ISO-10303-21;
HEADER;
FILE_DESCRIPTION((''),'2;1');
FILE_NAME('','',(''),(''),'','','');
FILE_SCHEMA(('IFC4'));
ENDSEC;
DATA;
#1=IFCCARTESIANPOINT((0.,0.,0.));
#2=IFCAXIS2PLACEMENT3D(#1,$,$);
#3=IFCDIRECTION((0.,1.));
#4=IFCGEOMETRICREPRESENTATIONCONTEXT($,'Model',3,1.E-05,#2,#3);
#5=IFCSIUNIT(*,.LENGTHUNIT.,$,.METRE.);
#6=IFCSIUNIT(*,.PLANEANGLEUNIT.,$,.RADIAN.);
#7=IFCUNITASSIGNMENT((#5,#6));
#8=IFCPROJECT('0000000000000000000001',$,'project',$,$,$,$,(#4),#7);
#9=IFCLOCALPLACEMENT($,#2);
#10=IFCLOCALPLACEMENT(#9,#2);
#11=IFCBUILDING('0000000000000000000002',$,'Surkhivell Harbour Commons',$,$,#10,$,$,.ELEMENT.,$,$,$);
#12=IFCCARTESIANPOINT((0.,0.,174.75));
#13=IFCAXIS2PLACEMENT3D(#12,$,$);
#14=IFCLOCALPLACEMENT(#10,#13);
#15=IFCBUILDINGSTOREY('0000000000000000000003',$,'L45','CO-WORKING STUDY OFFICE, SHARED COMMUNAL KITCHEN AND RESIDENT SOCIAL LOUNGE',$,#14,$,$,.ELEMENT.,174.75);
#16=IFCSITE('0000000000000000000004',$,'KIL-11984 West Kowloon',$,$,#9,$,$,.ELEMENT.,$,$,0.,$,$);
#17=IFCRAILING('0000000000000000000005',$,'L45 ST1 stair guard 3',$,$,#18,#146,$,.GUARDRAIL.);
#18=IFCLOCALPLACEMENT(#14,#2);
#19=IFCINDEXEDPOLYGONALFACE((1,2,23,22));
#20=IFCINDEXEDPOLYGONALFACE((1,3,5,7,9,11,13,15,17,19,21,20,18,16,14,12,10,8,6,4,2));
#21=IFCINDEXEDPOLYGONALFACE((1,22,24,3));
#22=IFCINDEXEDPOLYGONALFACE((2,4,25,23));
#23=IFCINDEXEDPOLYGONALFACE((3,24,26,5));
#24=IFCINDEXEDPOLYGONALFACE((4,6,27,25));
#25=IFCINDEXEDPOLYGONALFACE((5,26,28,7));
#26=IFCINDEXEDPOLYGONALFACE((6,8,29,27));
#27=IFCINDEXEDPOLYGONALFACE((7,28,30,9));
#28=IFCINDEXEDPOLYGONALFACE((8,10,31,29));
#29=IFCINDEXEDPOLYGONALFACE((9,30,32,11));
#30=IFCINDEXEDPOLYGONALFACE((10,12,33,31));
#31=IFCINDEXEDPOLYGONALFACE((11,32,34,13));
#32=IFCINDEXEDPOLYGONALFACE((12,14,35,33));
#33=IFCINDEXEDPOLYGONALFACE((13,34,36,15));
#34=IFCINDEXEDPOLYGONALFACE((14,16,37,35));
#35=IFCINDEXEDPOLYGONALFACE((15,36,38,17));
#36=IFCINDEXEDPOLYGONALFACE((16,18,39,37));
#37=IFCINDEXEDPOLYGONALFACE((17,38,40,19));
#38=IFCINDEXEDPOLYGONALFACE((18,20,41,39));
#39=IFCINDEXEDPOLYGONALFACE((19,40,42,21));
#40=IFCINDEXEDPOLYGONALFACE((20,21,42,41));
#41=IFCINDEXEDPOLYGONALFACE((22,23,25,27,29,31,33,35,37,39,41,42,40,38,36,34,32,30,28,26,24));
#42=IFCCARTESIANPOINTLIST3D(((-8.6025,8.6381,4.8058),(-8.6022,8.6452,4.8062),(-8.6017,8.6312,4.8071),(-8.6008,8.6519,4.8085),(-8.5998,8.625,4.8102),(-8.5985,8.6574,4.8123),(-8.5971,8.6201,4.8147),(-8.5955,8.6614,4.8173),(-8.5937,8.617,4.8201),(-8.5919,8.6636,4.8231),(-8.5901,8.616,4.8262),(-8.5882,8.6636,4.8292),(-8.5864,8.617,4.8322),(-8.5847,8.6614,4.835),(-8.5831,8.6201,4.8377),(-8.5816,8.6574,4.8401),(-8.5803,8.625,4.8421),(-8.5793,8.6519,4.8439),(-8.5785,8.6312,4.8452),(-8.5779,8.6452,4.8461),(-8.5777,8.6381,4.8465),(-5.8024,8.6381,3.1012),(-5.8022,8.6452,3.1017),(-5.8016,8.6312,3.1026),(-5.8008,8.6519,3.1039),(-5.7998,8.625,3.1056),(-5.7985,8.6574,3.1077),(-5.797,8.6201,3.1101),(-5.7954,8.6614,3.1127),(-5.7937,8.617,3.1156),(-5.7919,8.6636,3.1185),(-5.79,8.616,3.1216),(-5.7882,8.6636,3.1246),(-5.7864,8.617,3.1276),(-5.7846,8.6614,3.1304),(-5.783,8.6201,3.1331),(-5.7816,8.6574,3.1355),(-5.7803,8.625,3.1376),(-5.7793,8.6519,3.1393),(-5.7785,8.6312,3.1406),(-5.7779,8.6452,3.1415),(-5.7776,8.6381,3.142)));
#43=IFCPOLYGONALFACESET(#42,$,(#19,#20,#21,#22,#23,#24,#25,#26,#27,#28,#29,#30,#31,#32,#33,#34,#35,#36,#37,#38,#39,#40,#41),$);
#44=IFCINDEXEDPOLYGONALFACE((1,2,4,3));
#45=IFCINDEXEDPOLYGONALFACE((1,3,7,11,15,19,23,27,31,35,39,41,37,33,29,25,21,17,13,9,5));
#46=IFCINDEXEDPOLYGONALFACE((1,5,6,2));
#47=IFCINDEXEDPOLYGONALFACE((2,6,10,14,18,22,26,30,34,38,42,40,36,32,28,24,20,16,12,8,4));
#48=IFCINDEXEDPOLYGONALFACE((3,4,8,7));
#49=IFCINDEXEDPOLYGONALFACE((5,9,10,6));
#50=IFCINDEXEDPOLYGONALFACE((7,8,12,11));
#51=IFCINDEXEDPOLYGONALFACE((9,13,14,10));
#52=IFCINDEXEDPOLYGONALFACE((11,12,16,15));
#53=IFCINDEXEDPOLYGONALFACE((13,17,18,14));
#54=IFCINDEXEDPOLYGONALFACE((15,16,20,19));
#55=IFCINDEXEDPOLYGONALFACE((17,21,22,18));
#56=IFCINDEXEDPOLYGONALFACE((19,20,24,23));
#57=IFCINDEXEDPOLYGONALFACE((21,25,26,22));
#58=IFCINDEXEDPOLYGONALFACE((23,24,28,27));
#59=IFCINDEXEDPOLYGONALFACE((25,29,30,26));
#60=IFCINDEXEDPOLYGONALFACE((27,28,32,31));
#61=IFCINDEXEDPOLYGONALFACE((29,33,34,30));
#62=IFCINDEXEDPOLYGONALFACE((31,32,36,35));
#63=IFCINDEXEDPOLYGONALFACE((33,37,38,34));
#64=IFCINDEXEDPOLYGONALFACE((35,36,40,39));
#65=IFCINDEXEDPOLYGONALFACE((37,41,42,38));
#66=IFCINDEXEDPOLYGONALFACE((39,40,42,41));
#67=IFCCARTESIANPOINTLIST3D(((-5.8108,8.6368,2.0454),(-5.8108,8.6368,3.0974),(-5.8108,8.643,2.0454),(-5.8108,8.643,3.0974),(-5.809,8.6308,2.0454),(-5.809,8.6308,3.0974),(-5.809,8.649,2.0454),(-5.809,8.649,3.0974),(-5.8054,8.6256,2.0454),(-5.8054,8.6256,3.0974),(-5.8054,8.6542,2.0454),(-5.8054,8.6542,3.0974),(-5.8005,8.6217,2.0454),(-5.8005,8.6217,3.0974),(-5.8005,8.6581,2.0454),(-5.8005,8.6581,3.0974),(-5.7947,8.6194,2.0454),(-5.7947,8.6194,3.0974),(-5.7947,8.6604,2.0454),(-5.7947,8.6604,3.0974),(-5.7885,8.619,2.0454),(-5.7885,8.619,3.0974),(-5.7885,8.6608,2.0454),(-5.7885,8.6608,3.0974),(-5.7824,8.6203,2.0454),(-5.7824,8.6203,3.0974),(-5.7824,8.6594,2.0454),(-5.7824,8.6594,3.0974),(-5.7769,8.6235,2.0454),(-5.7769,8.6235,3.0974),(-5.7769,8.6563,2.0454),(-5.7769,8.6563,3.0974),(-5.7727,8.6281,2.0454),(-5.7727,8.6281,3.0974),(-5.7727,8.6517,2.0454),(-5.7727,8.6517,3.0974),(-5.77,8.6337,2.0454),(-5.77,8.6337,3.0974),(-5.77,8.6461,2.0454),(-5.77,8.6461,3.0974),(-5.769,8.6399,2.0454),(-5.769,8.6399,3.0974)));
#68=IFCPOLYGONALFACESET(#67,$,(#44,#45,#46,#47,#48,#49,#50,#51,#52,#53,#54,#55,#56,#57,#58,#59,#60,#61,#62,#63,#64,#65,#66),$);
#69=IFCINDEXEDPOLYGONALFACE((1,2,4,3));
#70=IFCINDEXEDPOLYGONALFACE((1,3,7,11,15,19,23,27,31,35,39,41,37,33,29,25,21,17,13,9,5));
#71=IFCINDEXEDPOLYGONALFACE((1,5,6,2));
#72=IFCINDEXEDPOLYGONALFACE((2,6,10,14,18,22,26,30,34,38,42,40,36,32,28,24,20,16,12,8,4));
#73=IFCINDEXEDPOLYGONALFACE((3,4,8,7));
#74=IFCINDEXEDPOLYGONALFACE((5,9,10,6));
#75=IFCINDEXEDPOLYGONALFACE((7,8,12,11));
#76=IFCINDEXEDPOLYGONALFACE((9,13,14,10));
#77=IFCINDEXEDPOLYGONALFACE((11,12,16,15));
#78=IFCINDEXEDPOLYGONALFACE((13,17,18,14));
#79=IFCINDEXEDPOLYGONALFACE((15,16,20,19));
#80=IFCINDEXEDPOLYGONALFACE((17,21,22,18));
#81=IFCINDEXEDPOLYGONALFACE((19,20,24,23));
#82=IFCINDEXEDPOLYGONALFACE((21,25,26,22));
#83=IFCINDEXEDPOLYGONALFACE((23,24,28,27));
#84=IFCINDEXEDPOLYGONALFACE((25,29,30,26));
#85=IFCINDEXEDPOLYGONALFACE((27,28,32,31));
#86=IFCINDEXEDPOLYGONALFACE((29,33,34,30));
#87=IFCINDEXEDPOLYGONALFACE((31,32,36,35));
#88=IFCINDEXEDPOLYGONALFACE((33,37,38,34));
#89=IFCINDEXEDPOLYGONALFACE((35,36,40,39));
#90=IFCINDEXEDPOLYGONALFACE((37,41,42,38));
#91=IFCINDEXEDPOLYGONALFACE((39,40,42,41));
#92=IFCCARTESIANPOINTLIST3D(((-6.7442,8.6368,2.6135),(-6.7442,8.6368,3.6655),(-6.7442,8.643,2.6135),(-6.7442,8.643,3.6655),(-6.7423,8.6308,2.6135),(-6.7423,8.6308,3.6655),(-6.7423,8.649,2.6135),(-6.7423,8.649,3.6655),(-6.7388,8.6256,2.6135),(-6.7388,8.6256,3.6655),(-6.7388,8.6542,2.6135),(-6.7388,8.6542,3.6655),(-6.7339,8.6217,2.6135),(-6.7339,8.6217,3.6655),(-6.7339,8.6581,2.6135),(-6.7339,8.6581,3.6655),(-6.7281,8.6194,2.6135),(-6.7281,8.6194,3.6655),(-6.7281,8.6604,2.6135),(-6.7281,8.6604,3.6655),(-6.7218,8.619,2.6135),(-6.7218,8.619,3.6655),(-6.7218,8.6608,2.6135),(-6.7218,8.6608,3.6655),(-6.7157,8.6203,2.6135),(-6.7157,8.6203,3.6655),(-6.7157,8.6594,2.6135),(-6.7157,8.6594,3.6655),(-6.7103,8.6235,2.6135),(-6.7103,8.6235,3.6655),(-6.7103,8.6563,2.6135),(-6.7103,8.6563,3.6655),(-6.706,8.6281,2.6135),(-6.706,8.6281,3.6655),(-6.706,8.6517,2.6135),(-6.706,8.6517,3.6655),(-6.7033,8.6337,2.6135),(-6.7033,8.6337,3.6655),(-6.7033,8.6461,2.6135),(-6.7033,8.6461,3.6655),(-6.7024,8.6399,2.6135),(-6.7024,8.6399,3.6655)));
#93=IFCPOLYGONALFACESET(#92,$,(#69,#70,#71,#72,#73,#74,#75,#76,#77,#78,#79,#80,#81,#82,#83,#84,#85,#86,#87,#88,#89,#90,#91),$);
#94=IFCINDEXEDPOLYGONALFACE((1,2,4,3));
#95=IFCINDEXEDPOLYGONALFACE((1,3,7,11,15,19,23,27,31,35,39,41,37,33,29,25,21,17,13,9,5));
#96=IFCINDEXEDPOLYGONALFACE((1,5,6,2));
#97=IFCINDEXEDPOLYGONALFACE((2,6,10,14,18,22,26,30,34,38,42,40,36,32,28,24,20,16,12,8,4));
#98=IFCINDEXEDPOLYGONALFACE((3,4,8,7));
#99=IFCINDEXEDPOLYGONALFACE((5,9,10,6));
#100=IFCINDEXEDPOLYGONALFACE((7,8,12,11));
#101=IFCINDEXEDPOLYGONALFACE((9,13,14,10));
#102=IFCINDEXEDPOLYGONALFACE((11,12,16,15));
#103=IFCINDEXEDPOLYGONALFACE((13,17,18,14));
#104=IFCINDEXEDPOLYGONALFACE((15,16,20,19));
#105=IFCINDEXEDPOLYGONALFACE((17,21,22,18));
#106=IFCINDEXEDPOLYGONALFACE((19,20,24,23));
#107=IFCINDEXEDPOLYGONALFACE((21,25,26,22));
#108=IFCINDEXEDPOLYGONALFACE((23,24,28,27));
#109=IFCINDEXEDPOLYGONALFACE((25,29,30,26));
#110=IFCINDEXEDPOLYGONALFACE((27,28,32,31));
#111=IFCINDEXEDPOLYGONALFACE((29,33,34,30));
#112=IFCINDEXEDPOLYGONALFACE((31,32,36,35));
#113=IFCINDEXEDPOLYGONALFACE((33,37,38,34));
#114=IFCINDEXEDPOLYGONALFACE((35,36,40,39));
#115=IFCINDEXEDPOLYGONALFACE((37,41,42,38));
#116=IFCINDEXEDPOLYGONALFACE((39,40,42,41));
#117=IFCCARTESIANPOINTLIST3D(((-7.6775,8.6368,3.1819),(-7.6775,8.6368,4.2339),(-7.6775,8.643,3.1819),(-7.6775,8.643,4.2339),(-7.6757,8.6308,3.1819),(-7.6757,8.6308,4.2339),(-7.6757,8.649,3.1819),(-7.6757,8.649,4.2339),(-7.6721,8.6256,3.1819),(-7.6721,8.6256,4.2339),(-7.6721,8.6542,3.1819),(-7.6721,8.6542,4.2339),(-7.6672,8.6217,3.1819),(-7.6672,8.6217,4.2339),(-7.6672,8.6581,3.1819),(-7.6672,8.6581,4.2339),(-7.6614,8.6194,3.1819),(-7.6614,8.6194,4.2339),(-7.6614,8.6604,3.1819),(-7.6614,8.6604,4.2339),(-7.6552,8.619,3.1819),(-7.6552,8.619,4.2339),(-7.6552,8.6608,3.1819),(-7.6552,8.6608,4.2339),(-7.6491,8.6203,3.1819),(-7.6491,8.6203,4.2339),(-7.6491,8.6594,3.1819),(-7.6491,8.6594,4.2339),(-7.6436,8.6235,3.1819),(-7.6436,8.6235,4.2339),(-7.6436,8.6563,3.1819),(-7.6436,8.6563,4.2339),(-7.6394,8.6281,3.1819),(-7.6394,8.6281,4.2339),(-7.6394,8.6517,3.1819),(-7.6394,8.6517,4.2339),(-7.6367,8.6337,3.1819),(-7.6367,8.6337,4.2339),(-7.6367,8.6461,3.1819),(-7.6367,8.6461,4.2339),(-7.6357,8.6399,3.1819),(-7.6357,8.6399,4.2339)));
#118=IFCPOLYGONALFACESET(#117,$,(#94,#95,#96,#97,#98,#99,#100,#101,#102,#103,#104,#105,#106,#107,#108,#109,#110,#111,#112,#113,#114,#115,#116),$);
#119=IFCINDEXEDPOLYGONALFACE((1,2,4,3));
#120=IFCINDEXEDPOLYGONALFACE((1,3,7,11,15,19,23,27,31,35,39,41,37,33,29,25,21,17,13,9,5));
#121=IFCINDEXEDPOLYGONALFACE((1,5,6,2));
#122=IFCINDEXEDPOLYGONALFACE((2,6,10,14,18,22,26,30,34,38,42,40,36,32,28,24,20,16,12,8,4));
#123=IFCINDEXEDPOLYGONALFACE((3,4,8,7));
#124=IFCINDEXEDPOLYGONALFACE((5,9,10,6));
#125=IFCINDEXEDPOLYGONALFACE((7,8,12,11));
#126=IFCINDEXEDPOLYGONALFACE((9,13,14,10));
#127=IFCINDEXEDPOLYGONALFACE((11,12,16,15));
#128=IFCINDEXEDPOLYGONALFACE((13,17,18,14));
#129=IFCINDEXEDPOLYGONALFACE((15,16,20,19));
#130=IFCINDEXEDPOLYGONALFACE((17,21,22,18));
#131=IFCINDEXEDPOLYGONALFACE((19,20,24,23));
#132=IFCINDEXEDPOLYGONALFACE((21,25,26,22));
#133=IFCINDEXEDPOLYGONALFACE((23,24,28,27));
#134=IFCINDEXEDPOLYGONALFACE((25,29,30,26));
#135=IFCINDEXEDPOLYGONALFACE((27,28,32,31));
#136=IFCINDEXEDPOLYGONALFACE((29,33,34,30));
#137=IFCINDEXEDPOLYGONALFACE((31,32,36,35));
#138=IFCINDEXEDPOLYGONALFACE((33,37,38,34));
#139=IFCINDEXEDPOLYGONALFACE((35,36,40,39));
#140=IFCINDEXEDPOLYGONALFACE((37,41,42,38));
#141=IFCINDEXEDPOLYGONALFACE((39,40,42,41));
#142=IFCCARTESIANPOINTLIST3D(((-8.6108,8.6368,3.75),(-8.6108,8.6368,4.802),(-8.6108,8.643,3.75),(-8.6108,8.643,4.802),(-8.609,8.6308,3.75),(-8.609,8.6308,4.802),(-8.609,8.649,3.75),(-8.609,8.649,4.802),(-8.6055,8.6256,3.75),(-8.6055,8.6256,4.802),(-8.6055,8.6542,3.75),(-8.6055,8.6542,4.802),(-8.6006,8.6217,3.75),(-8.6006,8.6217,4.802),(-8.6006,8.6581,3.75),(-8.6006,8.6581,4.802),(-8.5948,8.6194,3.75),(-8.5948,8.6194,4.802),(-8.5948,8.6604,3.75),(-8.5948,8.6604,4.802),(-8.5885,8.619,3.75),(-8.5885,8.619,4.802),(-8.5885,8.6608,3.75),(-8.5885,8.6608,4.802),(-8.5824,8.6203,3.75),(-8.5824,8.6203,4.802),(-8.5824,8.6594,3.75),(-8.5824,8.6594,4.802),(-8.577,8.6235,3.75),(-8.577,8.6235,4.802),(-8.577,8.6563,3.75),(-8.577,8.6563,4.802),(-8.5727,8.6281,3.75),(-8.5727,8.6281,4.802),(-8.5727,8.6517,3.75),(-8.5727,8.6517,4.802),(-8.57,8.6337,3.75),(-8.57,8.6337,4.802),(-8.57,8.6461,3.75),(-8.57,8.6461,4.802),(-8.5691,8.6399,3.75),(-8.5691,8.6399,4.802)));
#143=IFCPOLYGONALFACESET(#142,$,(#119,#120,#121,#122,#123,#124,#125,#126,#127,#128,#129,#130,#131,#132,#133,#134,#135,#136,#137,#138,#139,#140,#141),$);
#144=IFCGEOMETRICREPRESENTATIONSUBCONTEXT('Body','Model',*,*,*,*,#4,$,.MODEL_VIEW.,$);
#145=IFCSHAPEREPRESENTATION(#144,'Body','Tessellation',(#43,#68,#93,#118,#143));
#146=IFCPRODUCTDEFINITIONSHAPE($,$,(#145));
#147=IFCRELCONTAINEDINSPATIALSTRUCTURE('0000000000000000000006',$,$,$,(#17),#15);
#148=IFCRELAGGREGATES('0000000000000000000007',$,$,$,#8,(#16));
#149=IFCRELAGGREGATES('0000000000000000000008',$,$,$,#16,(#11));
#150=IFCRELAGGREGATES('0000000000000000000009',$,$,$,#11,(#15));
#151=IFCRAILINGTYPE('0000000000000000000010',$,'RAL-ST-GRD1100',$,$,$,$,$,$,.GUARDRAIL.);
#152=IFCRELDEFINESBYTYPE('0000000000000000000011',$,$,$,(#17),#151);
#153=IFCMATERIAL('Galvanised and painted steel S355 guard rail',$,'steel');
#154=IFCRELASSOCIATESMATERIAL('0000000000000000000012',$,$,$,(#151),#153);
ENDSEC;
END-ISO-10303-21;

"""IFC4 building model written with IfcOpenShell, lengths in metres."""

from ifc_helpers import new_model, si_unit, direction, frame, origin, origin_2d, place, context, subcontext, project, spatial, circle, extrude, material, type_object, element, save


model = new_model("IFC4")

# Units and contexts
model_context = context("Model", 3, precision=1e-05, world=origin(), true_north=direction((0.0, 1.0)))
body_context = subcontext(model_context, "Body", "Model", "MODEL_VIEW")
ifc_project = project(units=[si_unit("LENGTHUNIT", "METRE"), si_unit("PLANEANGLEUNIT", "RADIAN")], contexts=[model_context])

# Site, building, storey
site_placement = place(None, origin())
site = spatial("IfcSite", under=ifc_project, at=site_placement, Name="KIL-11984 West Kowloon", CompositionType="ELEMENT", RefElevation=0.0)
building_placement = place(site_placement, origin())
building = spatial("IfcBuilding", under=site, at=building_placement, Name="Surkhivell Harbour Commons", CompositionType="ELEMENT")
storey_placement = place(building_placement, frame((0.0, 0.0, 174.75)))
storey = spatial("IfcBuildingStorey", under=building, at=storey_placement, Name="L45", Description="CO-WORKING STUDY OFFICE, SHARED COMMUNAL KITCHEN AND RESIDENT SOCIAL LOUNGE", CompositionType="ELEMENT", Elevation=174.75)

# Railing
ifc_material_1 = material(Name="Galvanised and painted steel S355 guard rail", Category="steel")
railing_type_1 = type_object("IfcRailingType", Name="RAL-ST-GRD1100", PredefinedType="GUARDRAIL", material=ifc_material_1)
railing_1_placement = place(storey_placement, frame((-5.79, 8.6399, 2.0454)))
element("IfcRailing", 1, at=railing_1_placement, inside=storey, type_object=railing_type_1, Name="L45 ST1 stair guard 3", PredefinedType="GUARDRAIL", context=body_context, shape_type="SweptSolid", body=[
    extrude(circle(Radius=0.0239, at=origin_2d()), frame((0.0, 0.0, 1.0762), z_axis=(-0.85417, 0.0, 0.519994), x_axis=(0.0, -1.0, 0.0)), (0.0, 0.0, 1.0), 3.2781),
    extrude(circle(Radius=0.021, at=origin_2d()), origin(), (0.0, 0.0, 1.0), 1.052),
    extrude(circle(Radius=0.021, at=origin_2d()), frame((-0.9333, 0.0, 0.5681)), (0.0, 0.0, 1.0), 1.052),
    extrude(circle(Radius=0.021, at=origin_2d()), frame((-1.8667, 0.0, 1.1365)), (0.0, 0.0, 1.0), 1.052),
    extrude(circle(Radius=0.021, at=origin_2d()), frame((-2.8, 0.0, 1.7046)), (0.0, 0.0, 1.0), 1.052),
])

save(model, "model.ifc")
